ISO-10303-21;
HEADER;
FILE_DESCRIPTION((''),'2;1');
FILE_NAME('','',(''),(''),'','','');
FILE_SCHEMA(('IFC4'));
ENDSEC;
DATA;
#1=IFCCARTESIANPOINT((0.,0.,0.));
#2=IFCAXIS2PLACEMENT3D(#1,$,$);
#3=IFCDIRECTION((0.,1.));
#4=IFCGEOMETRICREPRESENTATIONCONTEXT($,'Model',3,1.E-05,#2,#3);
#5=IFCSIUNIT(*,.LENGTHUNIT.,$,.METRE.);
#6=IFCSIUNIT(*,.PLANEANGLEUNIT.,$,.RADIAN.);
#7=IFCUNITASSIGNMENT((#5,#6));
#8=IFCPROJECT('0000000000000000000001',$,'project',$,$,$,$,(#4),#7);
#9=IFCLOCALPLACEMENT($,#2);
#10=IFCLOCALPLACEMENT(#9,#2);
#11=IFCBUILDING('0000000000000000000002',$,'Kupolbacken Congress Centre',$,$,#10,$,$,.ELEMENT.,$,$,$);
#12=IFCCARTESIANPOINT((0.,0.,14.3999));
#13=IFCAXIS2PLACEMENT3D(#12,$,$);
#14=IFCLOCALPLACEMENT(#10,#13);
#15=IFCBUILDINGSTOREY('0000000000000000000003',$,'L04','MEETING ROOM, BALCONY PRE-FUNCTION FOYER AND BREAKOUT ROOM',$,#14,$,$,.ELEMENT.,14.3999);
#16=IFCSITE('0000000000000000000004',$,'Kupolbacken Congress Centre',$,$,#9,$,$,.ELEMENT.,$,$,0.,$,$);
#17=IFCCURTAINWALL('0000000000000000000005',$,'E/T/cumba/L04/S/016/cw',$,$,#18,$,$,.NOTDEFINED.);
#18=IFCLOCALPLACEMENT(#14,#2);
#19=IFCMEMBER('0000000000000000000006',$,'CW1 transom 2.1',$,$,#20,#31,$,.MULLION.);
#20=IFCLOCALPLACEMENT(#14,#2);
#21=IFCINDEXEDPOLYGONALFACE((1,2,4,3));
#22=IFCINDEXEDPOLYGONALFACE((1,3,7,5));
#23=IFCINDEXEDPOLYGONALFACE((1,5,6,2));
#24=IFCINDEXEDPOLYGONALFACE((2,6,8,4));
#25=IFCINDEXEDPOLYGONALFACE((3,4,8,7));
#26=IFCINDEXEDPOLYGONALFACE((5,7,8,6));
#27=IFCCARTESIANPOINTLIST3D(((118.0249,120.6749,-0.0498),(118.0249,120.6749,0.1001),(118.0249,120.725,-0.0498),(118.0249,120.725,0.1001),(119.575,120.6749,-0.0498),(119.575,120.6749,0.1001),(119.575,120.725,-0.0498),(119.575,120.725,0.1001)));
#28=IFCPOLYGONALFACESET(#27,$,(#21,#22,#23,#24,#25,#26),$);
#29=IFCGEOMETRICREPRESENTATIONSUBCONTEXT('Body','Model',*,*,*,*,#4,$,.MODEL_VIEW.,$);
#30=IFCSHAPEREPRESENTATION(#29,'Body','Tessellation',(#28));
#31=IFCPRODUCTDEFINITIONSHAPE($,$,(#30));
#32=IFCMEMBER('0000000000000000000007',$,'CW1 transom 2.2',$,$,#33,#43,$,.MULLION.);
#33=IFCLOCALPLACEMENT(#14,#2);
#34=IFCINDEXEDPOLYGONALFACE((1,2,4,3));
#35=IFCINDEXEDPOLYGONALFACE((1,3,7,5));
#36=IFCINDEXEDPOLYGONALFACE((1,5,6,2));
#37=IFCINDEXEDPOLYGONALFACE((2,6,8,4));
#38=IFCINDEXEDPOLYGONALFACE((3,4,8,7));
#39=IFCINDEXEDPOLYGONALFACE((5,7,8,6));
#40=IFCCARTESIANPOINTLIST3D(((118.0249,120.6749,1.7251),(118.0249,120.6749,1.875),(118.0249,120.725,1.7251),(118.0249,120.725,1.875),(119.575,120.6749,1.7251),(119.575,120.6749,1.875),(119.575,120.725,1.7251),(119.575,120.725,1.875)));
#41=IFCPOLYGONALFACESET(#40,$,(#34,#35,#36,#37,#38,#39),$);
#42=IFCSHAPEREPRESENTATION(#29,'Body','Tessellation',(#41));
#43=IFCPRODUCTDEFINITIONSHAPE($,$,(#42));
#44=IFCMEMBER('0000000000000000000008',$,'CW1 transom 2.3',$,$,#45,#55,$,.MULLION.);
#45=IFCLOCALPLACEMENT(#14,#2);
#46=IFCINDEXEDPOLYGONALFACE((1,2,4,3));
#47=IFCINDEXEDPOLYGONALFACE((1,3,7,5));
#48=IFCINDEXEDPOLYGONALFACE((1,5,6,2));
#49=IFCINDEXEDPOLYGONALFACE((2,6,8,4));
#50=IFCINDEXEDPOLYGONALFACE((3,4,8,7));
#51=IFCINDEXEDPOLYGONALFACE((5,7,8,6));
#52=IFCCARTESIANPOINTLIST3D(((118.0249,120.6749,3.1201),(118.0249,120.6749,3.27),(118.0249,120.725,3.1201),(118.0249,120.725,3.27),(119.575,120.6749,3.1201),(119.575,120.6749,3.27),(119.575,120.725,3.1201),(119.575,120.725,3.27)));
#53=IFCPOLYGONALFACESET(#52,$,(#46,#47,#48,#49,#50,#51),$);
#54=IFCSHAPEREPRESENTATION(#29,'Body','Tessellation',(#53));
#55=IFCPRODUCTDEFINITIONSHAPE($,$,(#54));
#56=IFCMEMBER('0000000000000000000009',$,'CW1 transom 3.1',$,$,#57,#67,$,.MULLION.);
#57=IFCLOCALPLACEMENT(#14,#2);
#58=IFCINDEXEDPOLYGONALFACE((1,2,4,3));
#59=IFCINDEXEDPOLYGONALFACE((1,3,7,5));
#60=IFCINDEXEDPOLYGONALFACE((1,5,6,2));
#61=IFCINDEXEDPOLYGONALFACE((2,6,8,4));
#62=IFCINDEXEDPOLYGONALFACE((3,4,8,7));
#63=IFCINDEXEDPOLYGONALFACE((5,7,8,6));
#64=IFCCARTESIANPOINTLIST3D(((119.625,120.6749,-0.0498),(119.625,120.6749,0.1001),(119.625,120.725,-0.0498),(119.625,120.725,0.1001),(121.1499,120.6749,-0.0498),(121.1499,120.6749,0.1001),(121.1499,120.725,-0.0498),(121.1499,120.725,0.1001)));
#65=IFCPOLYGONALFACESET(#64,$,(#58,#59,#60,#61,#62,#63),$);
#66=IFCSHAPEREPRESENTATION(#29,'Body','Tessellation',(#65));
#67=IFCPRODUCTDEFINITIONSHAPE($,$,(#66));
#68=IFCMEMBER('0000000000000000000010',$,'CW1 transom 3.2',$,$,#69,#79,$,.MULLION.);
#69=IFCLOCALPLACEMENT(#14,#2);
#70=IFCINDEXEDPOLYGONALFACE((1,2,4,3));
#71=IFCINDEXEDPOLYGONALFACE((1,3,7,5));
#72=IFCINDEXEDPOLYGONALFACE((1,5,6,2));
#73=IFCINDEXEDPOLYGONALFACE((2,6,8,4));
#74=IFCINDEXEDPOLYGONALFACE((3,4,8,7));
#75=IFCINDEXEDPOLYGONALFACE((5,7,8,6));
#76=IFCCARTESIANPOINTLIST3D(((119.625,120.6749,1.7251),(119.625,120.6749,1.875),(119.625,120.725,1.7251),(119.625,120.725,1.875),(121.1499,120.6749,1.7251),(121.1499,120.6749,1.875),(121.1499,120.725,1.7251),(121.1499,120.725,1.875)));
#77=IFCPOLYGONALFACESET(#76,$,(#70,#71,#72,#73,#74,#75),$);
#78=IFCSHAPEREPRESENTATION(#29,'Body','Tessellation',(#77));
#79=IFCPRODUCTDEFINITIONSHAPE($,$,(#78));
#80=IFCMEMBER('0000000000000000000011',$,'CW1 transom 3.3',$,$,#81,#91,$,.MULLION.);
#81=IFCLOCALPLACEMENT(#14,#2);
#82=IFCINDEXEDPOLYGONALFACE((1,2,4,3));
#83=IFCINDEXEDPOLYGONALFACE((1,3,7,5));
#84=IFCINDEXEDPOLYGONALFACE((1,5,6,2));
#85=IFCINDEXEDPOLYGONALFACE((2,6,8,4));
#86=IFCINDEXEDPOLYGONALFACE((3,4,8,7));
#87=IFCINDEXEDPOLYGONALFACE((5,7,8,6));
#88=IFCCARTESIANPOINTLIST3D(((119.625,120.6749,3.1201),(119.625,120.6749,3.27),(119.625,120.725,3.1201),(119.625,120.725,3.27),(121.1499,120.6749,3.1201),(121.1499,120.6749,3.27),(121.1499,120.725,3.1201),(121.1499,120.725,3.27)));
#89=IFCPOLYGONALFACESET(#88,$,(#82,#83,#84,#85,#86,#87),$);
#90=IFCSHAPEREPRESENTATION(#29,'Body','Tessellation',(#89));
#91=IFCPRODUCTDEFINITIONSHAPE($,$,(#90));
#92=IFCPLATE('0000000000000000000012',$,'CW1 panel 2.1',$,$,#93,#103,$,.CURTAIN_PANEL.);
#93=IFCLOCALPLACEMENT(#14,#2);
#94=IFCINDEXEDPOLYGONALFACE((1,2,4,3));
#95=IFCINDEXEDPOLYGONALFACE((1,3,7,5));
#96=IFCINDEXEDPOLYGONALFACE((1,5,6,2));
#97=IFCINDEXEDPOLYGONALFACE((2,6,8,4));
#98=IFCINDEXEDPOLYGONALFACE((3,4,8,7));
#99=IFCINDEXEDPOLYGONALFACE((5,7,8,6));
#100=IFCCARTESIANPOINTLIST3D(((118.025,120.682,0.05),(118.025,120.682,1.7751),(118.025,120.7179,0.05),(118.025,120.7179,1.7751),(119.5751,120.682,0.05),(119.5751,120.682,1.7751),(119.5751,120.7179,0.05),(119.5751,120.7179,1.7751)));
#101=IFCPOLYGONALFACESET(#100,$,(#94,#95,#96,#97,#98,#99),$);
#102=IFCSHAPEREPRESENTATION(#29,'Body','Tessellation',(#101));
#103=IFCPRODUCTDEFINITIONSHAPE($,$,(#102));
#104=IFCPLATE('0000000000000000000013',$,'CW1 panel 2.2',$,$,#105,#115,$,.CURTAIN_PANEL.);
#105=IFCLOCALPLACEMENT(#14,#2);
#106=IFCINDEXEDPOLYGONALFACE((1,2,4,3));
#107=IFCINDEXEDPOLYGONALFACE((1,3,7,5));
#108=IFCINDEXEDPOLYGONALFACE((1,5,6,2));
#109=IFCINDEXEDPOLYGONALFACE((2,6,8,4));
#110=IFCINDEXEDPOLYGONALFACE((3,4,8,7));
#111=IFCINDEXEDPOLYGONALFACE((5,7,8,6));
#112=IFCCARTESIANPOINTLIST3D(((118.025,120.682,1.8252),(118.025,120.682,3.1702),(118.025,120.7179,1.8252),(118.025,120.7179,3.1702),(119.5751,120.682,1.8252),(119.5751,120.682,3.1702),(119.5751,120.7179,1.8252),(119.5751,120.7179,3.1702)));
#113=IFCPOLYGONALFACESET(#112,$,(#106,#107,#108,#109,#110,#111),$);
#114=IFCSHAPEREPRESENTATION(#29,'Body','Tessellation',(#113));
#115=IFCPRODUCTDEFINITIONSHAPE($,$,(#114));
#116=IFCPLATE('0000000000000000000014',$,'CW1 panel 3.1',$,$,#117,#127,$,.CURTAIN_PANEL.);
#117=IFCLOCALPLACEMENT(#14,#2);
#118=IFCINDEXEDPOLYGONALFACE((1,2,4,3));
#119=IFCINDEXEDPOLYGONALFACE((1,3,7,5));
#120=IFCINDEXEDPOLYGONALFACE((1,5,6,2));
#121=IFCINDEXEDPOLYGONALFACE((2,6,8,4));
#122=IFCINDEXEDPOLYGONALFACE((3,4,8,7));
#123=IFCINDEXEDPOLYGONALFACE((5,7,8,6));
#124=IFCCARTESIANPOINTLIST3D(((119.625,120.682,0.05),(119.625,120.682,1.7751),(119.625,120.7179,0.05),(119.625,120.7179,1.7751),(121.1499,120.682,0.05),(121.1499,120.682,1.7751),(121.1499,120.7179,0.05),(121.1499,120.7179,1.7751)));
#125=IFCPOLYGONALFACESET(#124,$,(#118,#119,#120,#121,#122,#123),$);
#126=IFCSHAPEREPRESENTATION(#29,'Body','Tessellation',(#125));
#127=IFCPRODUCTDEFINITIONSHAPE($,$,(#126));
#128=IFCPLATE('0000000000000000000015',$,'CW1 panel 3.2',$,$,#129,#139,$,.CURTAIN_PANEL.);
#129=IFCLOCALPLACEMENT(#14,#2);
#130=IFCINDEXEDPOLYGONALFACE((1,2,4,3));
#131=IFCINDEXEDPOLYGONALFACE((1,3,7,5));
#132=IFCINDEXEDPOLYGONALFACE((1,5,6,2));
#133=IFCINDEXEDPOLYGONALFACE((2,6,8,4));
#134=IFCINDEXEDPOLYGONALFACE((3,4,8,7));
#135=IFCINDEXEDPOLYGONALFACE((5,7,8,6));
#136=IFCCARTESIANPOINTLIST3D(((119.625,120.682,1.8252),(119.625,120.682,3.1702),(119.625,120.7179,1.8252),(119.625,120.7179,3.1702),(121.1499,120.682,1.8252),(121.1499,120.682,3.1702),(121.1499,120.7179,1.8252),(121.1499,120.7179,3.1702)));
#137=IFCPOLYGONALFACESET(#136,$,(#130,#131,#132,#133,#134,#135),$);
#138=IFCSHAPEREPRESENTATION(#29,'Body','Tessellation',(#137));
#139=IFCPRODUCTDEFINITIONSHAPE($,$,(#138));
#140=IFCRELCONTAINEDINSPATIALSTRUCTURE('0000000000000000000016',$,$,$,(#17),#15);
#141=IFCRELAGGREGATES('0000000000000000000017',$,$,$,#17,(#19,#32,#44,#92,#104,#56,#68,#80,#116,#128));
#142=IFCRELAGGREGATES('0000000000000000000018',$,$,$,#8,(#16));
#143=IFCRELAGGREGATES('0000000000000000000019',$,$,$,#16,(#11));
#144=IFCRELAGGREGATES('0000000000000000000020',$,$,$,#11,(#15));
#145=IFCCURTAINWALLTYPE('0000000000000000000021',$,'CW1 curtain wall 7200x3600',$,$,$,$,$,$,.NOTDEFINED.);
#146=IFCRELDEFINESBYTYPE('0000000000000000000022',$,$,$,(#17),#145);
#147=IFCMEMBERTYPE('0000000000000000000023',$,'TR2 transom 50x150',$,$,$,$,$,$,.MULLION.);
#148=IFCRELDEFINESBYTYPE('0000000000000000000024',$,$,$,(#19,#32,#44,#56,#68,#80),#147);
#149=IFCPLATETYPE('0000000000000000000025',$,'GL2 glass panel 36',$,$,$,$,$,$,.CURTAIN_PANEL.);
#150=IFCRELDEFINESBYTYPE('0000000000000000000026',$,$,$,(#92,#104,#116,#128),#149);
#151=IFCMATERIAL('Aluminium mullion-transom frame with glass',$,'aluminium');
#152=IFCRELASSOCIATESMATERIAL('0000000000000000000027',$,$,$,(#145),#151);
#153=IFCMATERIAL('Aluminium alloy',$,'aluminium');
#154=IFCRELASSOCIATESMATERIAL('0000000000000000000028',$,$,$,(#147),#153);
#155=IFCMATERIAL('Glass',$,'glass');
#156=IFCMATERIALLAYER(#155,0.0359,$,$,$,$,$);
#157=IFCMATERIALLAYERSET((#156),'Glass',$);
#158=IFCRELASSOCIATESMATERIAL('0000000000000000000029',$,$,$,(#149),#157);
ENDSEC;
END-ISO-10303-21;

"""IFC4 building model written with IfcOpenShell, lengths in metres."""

from ifc_helpers import new_model, si_unit, direction, frame, origin, origin_2d, place, context, subcontext, project, spatial, rectangle, extrude, material, layer, layer_set, material_profile, profile_set, type_object, element, aggregate, save


model = new_model("IFC4")

# Units and contexts
model_context = context("Model", 3, precision=1e-05, world=origin(), true_north=direction((0.0, 1.0)))
body_context = subcontext(model_context, "Body", "Model", "MODEL_VIEW")
ifc_project = project(units=[si_unit("LENGTHUNIT", "METRE"), si_unit("PLANEANGLEUNIT", "RADIAN")], contexts=[model_context])

# Site, building, storey
site_placement = place(None, origin())
site = spatial("IfcSite", under=ifc_project, at=site_placement, Name="Kupolbacken Congress Centre", CompositionType="ELEMENT", RefElevation=0.0)
building_placement = place(site_placement, origin())
building = spatial("IfcBuilding", under=site, at=building_placement, Name="Kupolbacken Congress Centre", CompositionType="ELEMENT")
storey_placement = place(building_placement, frame((0.0, 0.0, 14.3999)))
storey = spatial("IfcBuildingStorey", under=building, at=storey_placement, Name="L04", Description="MEETING ROOM, BALCONY PRE-FUNCTION FOYER AND BREAKOUT ROOM", CompositionType="ELEMENT", Elevation=14.3999)

# Curtain wall
ifc_material_1 = material(Name="Aluminium mullion-transom frame with glass", Category="aluminium")
curtain_wall_type = type_object("IfcCurtainWallType", Name="CW1 curtain wall 7200x3600", PredefinedType="NOTDEFINED", material=ifc_material_1)
curtain_wall_1_placement = place(storey_placement, origin())
curtain_wall_1 = element("IfcCurtainWall", 1, at=curtain_wall_1_placement, inside=storey, type_object=curtain_wall_type, Name="E/T/cumba/L04/S/016/cw", PredefinedType="NOTDEFINED")

# Members
ifc_material_2 = material(Name="Aluminium alloy", Category="aluminium")
ifc_material_profile_1 = material_profile(ifc_material_2, rectangle(XDim=0.05, YDim=0.1499, at=origin_2d()), Name="50 x 150")
ifc_profile_set_1 = profile_set([ifc_material_profile_1], Name="Aluminium alloy")
member_type_1 = type_object("IfcMemberType", Name="TR2 transom 50x150", PredefinedType="MULLION", material=ifc_profile_set_1)
member_1_placement = place(storey_placement, frame((118.0249, 120.7, 0.0251), z_axis=(1.0, 0.0, 0.0), x_axis=(0.0, 1.0, 0.0)))
member_1 = element("IfcMember", 2, at=member_1_placement, type_object=member_type_1, Name="CW1 transom 2.1", PredefinedType="MULLION", context=body_context, shape_type="SweptSolid", body=[
    extrude(rectangle(XDim=0.05, YDim=0.1499, at=origin_2d()), origin(), (0.0, 0.0, 1.0), 1.55),
])
member_2_placement = place(storey_placement, frame((118.0249, 120.7, 1.8), z_axis=(1.0, 0.0, 0.0), x_axis=(0.0, 1.0, 0.0)))
member_2 = element("IfcMember", 3, at=member_2_placement, type_object=member_type_1, Name="CW1 transom 2.2", PredefinedType="MULLION", context=body_context, shape_type="SweptSolid", body=[
    extrude(rectangle(XDim=0.05, YDim=0.1499, at=origin_2d()), origin(), (0.0, 0.0, 1.0), 1.55),
])
member_3_placement = place(storey_placement, frame((118.0249, 120.7, 3.1951), z_axis=(1.0, 0.0, 0.0), x_axis=(0.0, 1.0, 0.0)))
member_3 = element("IfcMember", 4, at=member_3_placement, type_object=member_type_1, Name="CW1 transom 2.3", PredefinedType="MULLION", context=body_context, shape_type="SweptSolid", body=[
    extrude(rectangle(XDim=0.05, YDim=0.1499, at=origin_2d()), origin(), (0.0, 0.0, 1.0), 1.55),
])
member_4_placement = place(storey_placement, frame((119.625, 120.7, 0.0251), z_axis=(1.0, 0.0, 0.0), x_axis=(0.0, 1.0, 0.0)))
member_4 = element("IfcMember", 5, at=member_4_placement, type_object=member_type_1, Name="CW1 transom 3.1", PredefinedType="MULLION", context=body_context, shape_type="SweptSolid", body=[
    extrude(rectangle(XDim=0.05, YDim=0.1499, at=origin_2d()), origin(), (0.0, 0.0, 1.0), 1.5249),
])
member_5_placement = place(storey_placement, frame((119.625, 120.7, 1.8), z_axis=(1.0, 0.0, 0.0), x_axis=(0.0, 1.0, 0.0)))
member_5 = element("IfcMember", 6, at=member_5_placement, type_object=member_type_1, Name="CW1 transom 3.2", PredefinedType="MULLION", context=body_context, shape_type="SweptSolid", body=[
    extrude(rectangle(XDim=0.05, YDim=0.1499, at=origin_2d()), origin(), (0.0, 0.0, 1.0), 1.5249),
])
member_6_placement = place(storey_placement, frame((119.625, 120.7, 3.1951), z_axis=(1.0, 0.0, 0.0), x_axis=(0.0, 1.0, 0.0)))
member_6 = element("IfcMember", 7, at=member_6_placement, type_object=member_type_1, Name="CW1 transom 3.3", PredefinedType="MULLION", context=body_context, shape_type="SweptSolid", body=[
    extrude(rectangle(XDim=0.05, YDim=0.1499, at=origin_2d()), origin(), (0.0, 0.0, 1.0), 1.5249),
])

# Plates
ifc_material_3 = material(Name="Glass", Category="glass")
ifc_layer = layer(ifc_material_3, 0.0359)
ifc_layer_set = layer_set([ifc_layer], Name="Glass")
plate_type = type_object("IfcPlateType", Name="GL2 glass panel 36", PredefinedType="CURTAIN_PANEL", material=ifc_layer_set)
plate_1_placement = place(storey_placement, frame((118.8, 120.7, 0.05), z_axis=(0.0, 0.0, 1.0), x_axis=(1.0, 0.0, 0.0)))
plate_1 = element("IfcPlate", 8, at=plate_1_placement, type_object=plate_type, Name="CW1 panel 2.1", PredefinedType="CURTAIN_PANEL", context=body_context, shape_type="SweptSolid", body=[
    extrude(rectangle(XDim=1.55, YDim=0.0359, at=origin_2d()), origin(), (0.0, 0.0, 1.0), 1.7251),
])
plate_2_placement = place(storey_placement, frame((118.8, 120.7, 1.8252), z_axis=(0.0, 0.0, 1.0), x_axis=(1.0, 0.0, 0.0)))
plate_2 = element("IfcPlate", 9, at=plate_2_placement, type_object=plate_type, Name="CW1 panel 2.2", PredefinedType="CURTAIN_PANEL", context=body_context, shape_type="SweptSolid", body=[
    extrude(rectangle(XDim=1.55, YDim=0.0359, at=origin_2d()), origin(), (0.0, 0.0, 1.0), 1.345),
])
plate_3_placement = place(storey_placement, frame((120.3875, 120.7, 0.05), z_axis=(0.0, 0.0, 1.0), x_axis=(1.0, 0.0, 0.0)))
plate_3 = element("IfcPlate", 10, at=plate_3_placement, type_object=plate_type, Name="CW1 panel 3.1", PredefinedType="CURTAIN_PANEL", context=body_context, shape_type="SweptSolid", body=[
    extrude(rectangle(XDim=1.5249, YDim=0.0359, at=origin_2d()), origin(), (0.0, 0.0, 1.0), 1.7251),
])
plate_4_placement = place(storey_placement, frame((120.3875, 120.7, 1.8252), z_axis=(0.0, 0.0, 1.0), x_axis=(1.0, 0.0, 0.0)))
plate_4 = element("IfcPlate", 11, at=plate_4_placement, type_object=plate_type, Name="CW1 panel 3.2", PredefinedType="CURTAIN_PANEL", context=body_context, shape_type="SweptSolid", body=[
    extrude(rectangle(XDim=1.5249, YDim=0.0359, at=origin_2d()), origin(), (0.0, 0.0, 1.0), 1.345),
])
aggregate(curtain_wall_1, [member_1, member_2, member_3, plate_1, plate_2, member_4, member_5, member_6, plate_3, plate_4])

save(model, "model.ifc")
